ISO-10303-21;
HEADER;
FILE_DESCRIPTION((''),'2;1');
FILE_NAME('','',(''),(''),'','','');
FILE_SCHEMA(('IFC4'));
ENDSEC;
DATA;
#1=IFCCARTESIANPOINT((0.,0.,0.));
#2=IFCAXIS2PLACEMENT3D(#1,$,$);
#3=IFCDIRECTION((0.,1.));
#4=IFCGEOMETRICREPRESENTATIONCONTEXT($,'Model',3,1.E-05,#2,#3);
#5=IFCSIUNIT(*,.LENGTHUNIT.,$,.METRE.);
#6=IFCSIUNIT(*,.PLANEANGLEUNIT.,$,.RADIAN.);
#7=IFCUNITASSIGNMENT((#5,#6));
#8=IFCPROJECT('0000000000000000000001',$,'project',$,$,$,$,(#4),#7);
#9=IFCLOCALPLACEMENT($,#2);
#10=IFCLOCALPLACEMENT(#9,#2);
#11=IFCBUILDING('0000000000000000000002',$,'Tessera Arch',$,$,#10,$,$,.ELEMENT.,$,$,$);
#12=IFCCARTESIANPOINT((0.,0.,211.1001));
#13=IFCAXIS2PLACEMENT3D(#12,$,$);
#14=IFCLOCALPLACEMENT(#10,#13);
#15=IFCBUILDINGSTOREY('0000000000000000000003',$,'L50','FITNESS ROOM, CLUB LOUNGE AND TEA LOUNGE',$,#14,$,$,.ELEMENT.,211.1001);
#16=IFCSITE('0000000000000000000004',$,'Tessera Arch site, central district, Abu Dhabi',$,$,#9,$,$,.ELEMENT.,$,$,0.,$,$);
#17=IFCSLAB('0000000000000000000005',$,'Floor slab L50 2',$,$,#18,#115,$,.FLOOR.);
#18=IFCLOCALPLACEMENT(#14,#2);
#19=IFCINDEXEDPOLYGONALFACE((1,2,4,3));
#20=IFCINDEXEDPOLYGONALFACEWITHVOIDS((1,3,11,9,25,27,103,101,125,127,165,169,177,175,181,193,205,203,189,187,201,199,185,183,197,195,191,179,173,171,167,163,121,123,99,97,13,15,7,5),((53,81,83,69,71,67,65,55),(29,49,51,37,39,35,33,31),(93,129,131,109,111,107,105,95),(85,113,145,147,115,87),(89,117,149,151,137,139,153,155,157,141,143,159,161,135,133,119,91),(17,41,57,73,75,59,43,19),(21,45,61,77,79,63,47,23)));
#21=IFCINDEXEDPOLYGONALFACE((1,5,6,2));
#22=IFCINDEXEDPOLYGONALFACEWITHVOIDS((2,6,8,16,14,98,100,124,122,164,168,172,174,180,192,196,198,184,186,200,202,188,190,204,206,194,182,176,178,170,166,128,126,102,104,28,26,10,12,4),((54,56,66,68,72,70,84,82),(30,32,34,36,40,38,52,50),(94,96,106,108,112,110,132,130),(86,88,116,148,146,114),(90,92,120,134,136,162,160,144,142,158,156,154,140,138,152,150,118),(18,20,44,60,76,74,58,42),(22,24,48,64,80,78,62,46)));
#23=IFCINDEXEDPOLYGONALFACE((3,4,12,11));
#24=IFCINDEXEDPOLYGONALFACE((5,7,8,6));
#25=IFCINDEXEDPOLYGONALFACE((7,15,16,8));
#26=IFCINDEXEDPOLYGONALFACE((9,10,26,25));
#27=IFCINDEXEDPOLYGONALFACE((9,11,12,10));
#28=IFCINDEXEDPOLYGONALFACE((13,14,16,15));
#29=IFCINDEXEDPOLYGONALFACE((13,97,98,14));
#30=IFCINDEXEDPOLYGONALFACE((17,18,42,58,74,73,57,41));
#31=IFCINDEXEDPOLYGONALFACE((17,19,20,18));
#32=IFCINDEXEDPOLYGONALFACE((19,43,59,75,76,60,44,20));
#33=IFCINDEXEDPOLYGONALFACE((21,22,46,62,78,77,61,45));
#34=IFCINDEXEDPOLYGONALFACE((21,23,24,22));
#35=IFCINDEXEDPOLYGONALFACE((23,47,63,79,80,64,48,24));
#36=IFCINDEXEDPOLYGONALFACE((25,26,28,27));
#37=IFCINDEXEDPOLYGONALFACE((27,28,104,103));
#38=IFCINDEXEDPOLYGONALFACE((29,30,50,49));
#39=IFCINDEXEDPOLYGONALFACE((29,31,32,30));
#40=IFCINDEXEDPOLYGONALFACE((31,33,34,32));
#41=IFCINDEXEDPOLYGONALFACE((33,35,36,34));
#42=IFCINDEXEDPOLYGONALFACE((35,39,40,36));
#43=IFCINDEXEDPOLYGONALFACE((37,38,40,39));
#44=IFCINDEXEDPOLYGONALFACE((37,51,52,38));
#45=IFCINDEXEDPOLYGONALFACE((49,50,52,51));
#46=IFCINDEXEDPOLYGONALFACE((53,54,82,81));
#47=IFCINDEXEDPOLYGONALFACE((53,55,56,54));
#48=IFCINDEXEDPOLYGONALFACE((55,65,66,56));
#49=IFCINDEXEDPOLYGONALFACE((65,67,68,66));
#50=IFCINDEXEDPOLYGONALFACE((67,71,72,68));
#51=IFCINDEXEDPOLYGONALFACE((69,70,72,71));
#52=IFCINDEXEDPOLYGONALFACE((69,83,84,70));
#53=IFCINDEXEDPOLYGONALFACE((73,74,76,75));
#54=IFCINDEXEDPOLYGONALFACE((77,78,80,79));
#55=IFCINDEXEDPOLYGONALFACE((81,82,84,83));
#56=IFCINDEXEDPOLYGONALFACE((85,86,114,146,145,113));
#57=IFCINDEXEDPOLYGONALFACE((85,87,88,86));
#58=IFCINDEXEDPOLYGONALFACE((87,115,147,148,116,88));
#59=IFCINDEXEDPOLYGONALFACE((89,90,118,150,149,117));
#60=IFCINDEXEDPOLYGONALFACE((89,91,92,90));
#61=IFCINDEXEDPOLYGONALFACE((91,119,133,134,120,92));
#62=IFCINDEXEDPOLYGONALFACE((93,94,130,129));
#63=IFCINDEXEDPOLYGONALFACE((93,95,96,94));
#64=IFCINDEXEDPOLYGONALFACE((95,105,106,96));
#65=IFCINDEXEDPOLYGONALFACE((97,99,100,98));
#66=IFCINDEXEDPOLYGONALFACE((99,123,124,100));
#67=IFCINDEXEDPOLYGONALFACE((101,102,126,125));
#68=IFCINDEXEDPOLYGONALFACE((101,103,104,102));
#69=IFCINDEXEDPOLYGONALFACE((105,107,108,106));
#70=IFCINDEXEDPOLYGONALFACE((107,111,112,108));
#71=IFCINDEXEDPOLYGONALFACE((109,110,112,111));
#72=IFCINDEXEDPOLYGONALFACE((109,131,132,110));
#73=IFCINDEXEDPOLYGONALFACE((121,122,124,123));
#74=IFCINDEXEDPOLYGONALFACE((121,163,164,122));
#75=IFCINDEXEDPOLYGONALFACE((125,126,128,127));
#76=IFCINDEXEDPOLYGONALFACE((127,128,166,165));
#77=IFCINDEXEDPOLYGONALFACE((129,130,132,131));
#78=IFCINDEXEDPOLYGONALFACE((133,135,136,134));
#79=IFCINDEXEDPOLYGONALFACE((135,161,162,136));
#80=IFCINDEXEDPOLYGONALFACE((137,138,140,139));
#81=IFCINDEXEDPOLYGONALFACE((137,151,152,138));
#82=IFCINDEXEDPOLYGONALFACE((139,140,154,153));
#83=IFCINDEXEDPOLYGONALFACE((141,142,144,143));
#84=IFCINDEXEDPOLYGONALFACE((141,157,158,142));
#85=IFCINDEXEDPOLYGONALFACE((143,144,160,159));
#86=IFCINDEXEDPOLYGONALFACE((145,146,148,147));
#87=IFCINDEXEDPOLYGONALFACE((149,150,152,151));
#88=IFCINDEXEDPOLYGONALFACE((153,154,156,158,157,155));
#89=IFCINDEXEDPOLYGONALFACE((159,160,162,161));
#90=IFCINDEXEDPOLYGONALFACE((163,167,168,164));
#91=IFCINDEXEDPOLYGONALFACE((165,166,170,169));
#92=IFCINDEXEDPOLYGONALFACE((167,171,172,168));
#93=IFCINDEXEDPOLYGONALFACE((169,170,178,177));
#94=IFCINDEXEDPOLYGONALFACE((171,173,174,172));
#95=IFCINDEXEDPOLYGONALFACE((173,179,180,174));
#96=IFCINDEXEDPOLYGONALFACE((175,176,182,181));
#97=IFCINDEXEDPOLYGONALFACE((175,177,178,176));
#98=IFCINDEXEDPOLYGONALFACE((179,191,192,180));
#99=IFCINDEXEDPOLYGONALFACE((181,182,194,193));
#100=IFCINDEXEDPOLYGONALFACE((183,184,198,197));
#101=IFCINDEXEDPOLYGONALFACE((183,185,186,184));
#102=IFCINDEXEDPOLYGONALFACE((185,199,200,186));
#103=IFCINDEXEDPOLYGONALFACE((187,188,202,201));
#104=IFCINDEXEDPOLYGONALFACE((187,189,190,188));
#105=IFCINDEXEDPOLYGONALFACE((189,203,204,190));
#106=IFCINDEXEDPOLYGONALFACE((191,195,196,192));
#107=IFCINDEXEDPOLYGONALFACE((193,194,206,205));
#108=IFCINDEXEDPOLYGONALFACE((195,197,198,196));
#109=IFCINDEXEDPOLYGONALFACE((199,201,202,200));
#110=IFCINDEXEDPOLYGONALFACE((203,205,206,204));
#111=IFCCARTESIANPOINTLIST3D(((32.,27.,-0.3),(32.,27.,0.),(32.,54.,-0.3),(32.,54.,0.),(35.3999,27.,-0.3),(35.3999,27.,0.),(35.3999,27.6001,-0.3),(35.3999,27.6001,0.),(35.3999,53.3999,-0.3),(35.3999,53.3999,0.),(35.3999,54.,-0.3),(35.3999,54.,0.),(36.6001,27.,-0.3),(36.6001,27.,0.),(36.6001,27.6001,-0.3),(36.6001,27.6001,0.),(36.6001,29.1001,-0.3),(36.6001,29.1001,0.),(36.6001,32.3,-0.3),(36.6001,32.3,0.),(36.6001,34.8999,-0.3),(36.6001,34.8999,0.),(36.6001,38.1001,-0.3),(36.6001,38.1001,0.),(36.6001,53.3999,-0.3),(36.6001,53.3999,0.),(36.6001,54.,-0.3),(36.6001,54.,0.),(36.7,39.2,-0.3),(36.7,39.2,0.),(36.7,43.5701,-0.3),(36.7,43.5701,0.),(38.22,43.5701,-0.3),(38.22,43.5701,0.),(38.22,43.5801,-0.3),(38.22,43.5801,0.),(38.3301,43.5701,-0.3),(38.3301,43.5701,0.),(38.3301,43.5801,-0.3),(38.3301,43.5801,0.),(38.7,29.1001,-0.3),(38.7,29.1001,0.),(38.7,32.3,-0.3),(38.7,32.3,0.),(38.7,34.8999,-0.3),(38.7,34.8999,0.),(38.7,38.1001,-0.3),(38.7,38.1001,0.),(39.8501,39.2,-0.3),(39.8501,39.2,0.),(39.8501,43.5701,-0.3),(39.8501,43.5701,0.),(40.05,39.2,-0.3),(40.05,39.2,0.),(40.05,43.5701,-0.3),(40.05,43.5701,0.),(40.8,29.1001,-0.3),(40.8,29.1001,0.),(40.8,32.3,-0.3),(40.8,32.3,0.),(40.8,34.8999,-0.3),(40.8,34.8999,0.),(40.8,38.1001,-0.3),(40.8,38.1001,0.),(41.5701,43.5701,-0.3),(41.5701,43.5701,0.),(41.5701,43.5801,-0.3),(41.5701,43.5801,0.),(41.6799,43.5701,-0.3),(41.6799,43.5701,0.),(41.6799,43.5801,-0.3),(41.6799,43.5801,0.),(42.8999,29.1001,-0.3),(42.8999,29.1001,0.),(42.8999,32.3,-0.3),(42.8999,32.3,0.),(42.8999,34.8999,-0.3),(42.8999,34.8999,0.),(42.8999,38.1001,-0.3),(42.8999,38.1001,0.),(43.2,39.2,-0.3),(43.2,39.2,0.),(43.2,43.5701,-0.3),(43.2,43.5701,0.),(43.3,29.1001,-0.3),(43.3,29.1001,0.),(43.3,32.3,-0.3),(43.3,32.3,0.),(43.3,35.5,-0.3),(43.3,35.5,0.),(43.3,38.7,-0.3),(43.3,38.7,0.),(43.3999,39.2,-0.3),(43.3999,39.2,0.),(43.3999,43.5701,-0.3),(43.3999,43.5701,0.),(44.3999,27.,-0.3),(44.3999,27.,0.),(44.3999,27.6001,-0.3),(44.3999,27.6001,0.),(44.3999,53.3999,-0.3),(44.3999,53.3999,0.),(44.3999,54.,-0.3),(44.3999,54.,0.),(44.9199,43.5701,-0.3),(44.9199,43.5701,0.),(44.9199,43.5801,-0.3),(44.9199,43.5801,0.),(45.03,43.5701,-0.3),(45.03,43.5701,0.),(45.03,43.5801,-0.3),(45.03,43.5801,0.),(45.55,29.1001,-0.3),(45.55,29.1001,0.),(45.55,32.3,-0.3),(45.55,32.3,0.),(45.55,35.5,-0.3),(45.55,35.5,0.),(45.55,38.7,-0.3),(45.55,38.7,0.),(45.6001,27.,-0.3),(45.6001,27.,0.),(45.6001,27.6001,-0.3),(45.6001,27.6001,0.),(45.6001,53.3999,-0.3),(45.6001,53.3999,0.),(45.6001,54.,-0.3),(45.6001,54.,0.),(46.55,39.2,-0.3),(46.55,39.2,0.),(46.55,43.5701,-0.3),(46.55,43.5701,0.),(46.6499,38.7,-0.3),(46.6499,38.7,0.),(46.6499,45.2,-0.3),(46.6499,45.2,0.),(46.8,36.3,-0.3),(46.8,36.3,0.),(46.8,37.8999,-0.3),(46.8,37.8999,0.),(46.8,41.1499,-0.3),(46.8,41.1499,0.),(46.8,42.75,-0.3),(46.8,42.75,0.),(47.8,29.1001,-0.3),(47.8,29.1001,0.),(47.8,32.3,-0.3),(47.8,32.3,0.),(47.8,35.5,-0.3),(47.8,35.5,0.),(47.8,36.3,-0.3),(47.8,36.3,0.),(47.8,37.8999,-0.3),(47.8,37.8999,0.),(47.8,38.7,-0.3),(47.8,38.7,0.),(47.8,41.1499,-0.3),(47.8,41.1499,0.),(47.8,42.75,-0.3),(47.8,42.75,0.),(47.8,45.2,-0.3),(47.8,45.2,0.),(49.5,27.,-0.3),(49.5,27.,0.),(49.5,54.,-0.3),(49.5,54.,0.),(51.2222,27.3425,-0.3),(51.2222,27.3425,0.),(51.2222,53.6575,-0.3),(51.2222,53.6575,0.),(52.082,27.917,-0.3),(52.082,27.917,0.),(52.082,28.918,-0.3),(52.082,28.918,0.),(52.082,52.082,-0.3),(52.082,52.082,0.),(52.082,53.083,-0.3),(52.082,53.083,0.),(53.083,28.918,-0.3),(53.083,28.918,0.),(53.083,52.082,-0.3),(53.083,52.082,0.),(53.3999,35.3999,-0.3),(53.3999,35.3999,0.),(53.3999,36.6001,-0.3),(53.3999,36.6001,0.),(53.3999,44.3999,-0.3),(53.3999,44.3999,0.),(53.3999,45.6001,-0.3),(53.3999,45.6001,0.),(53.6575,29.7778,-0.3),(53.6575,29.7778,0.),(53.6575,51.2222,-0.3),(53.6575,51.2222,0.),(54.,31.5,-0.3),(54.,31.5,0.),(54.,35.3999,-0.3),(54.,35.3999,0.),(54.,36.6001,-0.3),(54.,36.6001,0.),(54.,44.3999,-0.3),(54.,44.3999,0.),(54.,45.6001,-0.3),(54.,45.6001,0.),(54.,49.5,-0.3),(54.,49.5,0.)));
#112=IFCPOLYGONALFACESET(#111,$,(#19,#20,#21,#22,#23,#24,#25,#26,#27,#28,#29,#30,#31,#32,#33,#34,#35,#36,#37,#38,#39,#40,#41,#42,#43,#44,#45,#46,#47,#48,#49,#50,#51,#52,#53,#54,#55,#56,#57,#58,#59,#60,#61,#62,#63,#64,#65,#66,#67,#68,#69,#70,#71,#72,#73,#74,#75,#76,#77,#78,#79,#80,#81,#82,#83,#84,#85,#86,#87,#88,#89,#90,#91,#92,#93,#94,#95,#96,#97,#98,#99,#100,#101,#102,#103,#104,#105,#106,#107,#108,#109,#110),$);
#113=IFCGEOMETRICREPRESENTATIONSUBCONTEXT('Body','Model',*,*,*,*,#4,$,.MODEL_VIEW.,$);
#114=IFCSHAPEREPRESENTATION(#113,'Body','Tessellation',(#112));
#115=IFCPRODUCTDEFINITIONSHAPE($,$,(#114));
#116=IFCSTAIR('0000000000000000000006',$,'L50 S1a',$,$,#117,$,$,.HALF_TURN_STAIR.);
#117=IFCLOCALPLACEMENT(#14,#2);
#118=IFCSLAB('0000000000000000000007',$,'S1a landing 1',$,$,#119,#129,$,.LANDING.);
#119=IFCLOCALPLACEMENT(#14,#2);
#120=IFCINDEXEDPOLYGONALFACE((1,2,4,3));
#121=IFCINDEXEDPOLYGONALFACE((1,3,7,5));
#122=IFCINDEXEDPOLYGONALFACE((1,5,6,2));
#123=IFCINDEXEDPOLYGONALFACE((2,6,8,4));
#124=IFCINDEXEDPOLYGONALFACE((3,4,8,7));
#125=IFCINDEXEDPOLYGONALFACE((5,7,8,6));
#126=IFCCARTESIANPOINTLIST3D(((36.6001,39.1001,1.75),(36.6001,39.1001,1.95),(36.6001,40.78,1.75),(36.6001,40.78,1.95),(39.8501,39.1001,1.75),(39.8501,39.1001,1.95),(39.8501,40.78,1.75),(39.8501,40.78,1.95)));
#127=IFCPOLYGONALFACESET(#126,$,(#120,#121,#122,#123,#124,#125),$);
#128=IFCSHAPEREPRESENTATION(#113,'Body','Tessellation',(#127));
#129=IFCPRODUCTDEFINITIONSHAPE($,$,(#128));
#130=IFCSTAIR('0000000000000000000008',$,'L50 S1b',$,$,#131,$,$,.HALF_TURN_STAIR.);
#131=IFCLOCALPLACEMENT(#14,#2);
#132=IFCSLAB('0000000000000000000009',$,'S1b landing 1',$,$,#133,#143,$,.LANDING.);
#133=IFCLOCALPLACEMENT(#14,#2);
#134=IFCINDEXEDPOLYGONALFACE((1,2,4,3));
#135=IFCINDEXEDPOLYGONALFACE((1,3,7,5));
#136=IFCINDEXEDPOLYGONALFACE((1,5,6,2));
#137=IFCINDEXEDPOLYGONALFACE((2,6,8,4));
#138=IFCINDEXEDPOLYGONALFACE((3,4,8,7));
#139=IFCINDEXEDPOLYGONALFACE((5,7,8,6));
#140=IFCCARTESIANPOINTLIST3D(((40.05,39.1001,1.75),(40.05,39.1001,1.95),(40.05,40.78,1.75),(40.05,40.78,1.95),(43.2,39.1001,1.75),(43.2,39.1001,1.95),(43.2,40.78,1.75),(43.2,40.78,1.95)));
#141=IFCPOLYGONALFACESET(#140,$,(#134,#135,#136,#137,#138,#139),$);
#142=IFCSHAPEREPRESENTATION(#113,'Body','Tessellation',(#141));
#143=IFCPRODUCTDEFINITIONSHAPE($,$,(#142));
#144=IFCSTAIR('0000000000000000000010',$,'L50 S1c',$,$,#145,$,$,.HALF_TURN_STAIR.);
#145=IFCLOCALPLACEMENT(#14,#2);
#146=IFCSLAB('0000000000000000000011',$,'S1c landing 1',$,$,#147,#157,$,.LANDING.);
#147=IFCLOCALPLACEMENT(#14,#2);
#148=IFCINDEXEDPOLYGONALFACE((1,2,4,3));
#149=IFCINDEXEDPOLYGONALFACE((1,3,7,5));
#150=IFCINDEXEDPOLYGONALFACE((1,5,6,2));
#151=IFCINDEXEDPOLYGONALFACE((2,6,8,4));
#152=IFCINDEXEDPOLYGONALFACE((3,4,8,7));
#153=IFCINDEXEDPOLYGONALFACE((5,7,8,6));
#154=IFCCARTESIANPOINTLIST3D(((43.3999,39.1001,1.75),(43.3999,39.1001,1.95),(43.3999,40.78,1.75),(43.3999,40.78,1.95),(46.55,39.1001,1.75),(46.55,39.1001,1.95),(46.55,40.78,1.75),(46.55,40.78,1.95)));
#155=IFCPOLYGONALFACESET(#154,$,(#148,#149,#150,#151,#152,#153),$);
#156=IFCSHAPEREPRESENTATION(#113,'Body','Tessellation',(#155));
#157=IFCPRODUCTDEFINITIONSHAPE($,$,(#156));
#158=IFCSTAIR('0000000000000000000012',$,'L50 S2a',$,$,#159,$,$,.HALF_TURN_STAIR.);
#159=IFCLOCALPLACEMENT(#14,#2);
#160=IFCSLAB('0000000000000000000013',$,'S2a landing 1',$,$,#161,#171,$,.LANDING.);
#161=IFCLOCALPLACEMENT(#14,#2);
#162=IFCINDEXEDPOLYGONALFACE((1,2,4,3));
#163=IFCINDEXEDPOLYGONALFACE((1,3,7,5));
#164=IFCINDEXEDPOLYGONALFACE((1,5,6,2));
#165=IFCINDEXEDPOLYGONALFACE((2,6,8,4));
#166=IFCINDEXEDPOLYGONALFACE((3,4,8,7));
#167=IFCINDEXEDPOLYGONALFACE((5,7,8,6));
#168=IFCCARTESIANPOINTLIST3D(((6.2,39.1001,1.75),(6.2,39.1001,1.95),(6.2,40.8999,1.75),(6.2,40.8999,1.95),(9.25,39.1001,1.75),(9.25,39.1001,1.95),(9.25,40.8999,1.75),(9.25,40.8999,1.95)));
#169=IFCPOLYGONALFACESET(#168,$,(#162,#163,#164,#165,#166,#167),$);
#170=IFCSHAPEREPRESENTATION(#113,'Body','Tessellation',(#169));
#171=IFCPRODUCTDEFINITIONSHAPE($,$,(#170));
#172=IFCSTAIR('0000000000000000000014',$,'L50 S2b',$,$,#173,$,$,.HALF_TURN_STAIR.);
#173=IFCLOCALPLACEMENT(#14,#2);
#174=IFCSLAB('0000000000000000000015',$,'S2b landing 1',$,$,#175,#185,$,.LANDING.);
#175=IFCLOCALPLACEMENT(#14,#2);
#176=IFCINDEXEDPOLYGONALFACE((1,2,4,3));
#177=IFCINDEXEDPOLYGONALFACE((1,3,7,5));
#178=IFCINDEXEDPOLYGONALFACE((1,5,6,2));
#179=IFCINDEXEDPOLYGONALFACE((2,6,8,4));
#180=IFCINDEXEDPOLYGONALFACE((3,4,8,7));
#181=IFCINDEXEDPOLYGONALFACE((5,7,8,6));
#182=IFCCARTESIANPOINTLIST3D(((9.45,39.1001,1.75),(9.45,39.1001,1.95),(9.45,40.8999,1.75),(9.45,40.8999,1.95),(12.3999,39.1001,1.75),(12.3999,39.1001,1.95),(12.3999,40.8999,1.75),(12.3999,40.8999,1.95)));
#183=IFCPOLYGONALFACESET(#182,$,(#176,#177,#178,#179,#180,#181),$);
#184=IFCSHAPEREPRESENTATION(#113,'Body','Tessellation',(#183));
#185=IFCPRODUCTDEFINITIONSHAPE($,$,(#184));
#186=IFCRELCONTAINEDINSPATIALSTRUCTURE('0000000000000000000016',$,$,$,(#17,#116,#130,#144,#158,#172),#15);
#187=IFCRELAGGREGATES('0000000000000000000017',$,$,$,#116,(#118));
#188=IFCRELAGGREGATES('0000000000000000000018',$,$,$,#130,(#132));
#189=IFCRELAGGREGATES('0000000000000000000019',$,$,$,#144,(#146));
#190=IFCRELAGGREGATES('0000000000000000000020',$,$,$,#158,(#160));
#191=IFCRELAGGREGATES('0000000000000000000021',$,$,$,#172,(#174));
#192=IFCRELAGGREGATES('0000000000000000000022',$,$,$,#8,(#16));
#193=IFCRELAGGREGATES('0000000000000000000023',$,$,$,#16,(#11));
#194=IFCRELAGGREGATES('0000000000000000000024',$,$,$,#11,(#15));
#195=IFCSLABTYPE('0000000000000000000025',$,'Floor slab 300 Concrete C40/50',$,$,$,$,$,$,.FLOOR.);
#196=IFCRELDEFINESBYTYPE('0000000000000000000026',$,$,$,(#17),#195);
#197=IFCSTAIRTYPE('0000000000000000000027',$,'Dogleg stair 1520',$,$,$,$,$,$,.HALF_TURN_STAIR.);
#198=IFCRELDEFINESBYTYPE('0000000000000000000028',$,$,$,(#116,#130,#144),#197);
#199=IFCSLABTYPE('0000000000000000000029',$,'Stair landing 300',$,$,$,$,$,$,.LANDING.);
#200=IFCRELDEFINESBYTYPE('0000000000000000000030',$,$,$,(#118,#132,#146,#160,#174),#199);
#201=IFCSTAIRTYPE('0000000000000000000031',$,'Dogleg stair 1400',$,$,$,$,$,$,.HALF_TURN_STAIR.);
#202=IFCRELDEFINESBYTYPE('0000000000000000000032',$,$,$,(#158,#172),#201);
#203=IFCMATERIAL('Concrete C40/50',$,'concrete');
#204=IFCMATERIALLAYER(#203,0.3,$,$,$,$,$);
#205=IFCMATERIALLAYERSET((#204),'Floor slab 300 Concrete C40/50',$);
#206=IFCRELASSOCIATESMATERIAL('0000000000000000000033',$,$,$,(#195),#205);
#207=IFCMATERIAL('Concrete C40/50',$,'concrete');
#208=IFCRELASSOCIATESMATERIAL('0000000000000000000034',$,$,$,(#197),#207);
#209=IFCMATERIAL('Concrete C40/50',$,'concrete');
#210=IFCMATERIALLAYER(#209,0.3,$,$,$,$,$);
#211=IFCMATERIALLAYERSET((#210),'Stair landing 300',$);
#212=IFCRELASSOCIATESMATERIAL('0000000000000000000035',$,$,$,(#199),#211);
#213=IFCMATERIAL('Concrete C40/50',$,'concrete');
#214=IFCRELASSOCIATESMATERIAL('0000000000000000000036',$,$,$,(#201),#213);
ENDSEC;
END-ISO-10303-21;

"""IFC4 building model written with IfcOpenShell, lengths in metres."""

from ifc_helpers import new_model, si_unit, direction, frame, origin, place, context, subcontext, project, spatial, polyline, outline, extrude, material, layer, layer_set, type_object, element, aggregate, save


model = new_model("IFC4")

# Units and contexts
model_context = context("Model", 3, precision=1e-05, world=origin(), true_north=direction((0.0, 1.0)))
body_context = subcontext(model_context, "Body", "Model", "MODEL_VIEW")
ifc_project = project(units=[si_unit("LENGTHUNIT", "METRE"), si_unit("PLANEANGLEUNIT", "RADIAN")], contexts=[model_context])

# Site, building, storey
site_placement = place(None, origin())
site = spatial("IfcSite", under=ifc_project, at=site_placement, Name="Tessera Arch site, central district, Abu Dhabi", CompositionType="ELEMENT", RefElevation=0.0)
building_placement = place(site_placement, origin())
building = spatial("IfcBuilding", under=site, at=building_placement, Name="Tessera Arch", CompositionType="ELEMENT")
storey_placement = place(building_placement, frame((0.0, 0.0, 211.1001)))
storey = spatial("IfcBuildingStorey", under=building, at=storey_placement, Name="L50", Description="FITNESS ROOM, CLUB LOUNGE AND TEA LOUNGE", CompositionType="ELEMENT", Elevation=211.1001)

# Slab
ifc_material_1 = material(Name="Concrete C40/50", Category="concrete")
ifc_layer_1 = layer(ifc_material_1, 0.3)
ifc_layer_set_1 = layer_set([ifc_layer_1], Name="Floor slab 300 Concrete C40/50")
slab_type_1 = type_object("IfcSlabType", Name="Floor slab 300 Concrete C40/50", PredefinedType="FLOOR", material=ifc_layer_set_1)
slab_1_placement = place(storey_placement, frame((0.0, 0.0, -0.3)))
element("IfcSlab", 1, at=slab_1_placement, inside=storey, type_object=slab_type_1, Name="Floor slab L50 2", PredefinedType="FLOOR", context=body_context, shape_type="SweptSolid", body=[
    extrude(outline(polyline([(51.2222, 53.6575), (52.082, 53.083), (52.082, 52.082), (53.083, 52.082), (53.6575, 51.2222), (54.0, 49.5), (54.0, 45.6001), (53.3999, 45.6001), (53.3999, 44.3999), (54.0, 44.3999), (54.0, 36.6001), (53.3999, 36.6001), (53.3999, 35.3999), (54.0, 35.3999), (54.0, 31.5), (53.6575, 29.7778), (53.083, 28.918), (52.082, 28.918), (52.082, 27.917), (51.2222, 27.3425), (49.5, 27.0), (45.6001, 27.0), (45.6001, 27.6001), (44.3999, 27.6001), (44.3999, 27.0), (36.6001, 27.0), (36.6001, 27.6001), (35.3999, 27.6001), (35.3999, 27.0), (32.0, 27.0), (32.0, 54.0), (35.3999, 54.0), (35.3999, 53.3999), (36.6001, 53.3999), (36.6001, 54.0), (44.3999, 54.0), (44.3999, 53.3999), (45.6001, 53.3999), (45.6001, 54.0), (49.5, 54.0), (51.2222, 53.6575)]), holes=[polyline([(36.6001, 29.1001), (38.7, 29.1001), (40.8, 29.1001), (42.8999, 29.1001), (42.8999, 32.3), (40.8, 32.3), (38.7, 32.3), (36.6001, 32.3), (36.6001, 29.1001)]), polyline([(47.8, 32.3), (45.55, 32.3), (43.3, 32.3), (43.3, 29.1001), (45.55, 29.1001), (47.8, 29.1001), (47.8, 32.3)]), polyline([(42.8999, 34.8999), (42.8999, 38.1001), (40.8, 38.1001), (38.7, 38.1001), (36.6001, 38.1001), (36.6001, 34.8999), (38.7, 34.8999), (40.8, 34.8999), (42.8999, 34.8999)]), polyline([(47.8, 41.1499), (46.8, 41.1499), (46.8, 42.75), (47.8, 42.75), (47.8, 45.2), (46.6499, 45.2), (46.6499, 38.7), (45.55, 38.7), (43.3, 38.7), (43.3, 35.5), (45.55, 35.5), (47.8, 35.5), (47.8, 36.3), (46.8, 36.3), (46.8, 37.8999), (47.8, 37.8999), (47.8, 38.7), (47.8, 41.1499)]), polyline([(36.7, 43.5701), (36.7, 39.2), (39.8501, 39.2), (39.8501, 43.5701), (38.3301, 43.5701), (38.3301, 43.5801), (38.22, 43.5801), (38.22, 43.5701), (36.7, 43.5701)]), polyline([(40.05, 39.2), (43.2, 39.2), (43.2, 43.5701), (41.6799, 43.5701), (41.6799, 43.5801), (41.5701, 43.5801), (41.5701, 43.5701), (40.05, 43.5701), (40.05, 39.2)]), polyline([(43.3999, 43.5701), (43.3999, 39.2), (46.55, 39.2), (46.55, 43.5701), (45.03, 43.5701), (45.03, 43.5801), (44.9199, 43.5801), (44.9199, 43.5701), (43.3999, 43.5701)])]), origin(), (0.0, 0.0, 1.0), 0.3),
])

# Stairs, slabs
ifc_material_2 = material(Name="Concrete C40/50", Category="concrete")
stair_type_1 = type_object("IfcStairType", Name="Dogleg stair 1520", PredefinedType="HALF_TURN_STAIR", material=ifc_material_2)
stair_1_placement = place(storey_placement, origin())
stair_1 = element("IfcStair", 2, at=stair_1_placement, inside=storey, type_object=stair_type_1, Name="L50 S1a", PredefinedType="HALF_TURN_STAIR")
ifc_material_3 = material(Name="Concrete C40/50", Category="concrete")
ifc_layer_2 = layer(ifc_material_3, 0.3)
ifc_layer_set_2 = layer_set([ifc_layer_2], Name="Stair landing 300")
slab_type_2 = type_object("IfcSlabType", Name="Stair landing 300", PredefinedType="LANDING", material=ifc_layer_set_2)
slab_2_placement = place(storey_placement, frame((0.0, 0.0, 1.75)))
slab_2 = element("IfcSlab", 3, at=slab_2_placement, type_object=slab_type_2, Name="S1a landing 1", PredefinedType="LANDING", context=body_context, shape_type="SweptSolid", body=[
    extrude(outline(polyline([(36.6001, 40.78), (36.6001, 39.1001), (39.8501, 39.1001), (39.8501, 40.78), (36.6001, 40.78)])), origin(), (0.0, 0.0, 1.0), 0.2),
])
aggregate(stair_1, [slab_2])
stair_2_placement = place(storey_placement, origin())
stair_2 = element("IfcStair", 4, at=stair_2_placement, inside=storey, type_object=stair_type_1, Name="L50 S1b", PredefinedType="HALF_TURN_STAIR")
slab_3_placement = place(storey_placement, frame((0.0, 0.0, 1.75)))
slab_3 = element("IfcSlab", 5, at=slab_3_placement, type_object=slab_type_2, Name="S1b landing 1", PredefinedType="LANDING", context=body_context, shape_type="SweptSolid", body=[
    extrude(outline(polyline([(40.05, 40.78), (40.05, 39.1001), (43.2, 39.1001), (43.2, 40.78), (40.05, 40.78)])), origin(), (0.0, 0.0, 1.0), 0.2),
])
aggregate(stair_2, [slab_3])
stair_3_placement = place(storey_placement, origin())
stair_3 = element("IfcStair", 6, at=stair_3_placement, inside=storey, type_object=stair_type_1, Name="L50 S1c", PredefinedType="HALF_TURN_STAIR")
slab_4_placement = place(storey_placement, frame((0.0, 0.0, 1.75)))
slab_4 = element("IfcSlab", 7, at=slab_4_placement, type_object=slab_type_2, Name="S1c landing 1", PredefinedType="LANDING", context=body_context, shape_type="SweptSolid", body=[
    extrude(outline(polyline([(43.3999, 40.78), (43.3999, 39.1001), (46.55, 39.1001), (46.55, 40.78), (43.3999, 40.78)])), origin(), (0.0, 0.0, 1.0), 0.2),
])
aggregate(stair_3, [slab_4])
ifc_material_4 = material(Name="Concrete C40/50", Category="concrete")
stair_type_2 = type_object("IfcStairType", Name="Dogleg stair 1400", PredefinedType="HALF_TURN_STAIR", material=ifc_material_4)
stair_4_placement = place(storey_placement, origin())
stair_4 = element("IfcStair", 8, at=stair_4_placement, inside=storey, type_object=stair_type_2, Name="L50 S2a", PredefinedType="HALF_TURN_STAIR")
slab_5_placement = place(storey_placement, frame((0.0, 0.0, 1.75)))
slab_5 = element("IfcSlab", 9, at=slab_5_placement, type_object=slab_type_2, Name="S2a landing 1", PredefinedType="LANDING", context=body_context, shape_type="SweptSolid", body=[
    extrude(outline(polyline([(6.2, 40.8999), (6.2, 39.1001), (9.25, 39.1001), (9.25, 40.8999), (6.2, 40.8999)])), origin(), (0.0, 0.0, 1.0), 0.2),
])
aggregate(stair_4, [slab_5])
stair_5_placement = place(storey_placement, origin())
stair_5 = element("IfcStair", 10, at=stair_5_placement, inside=storey, type_object=stair_type_2, Name="L50 S2b", PredefinedType="HALF_TURN_STAIR")
slab_6_placement = place(storey_placement, frame((0.0, 0.0, 1.75)))
slab_6 = element("IfcSlab", 11, at=slab_6_placement, type_object=slab_type_2, Name="S2b landing 1", PredefinedType="LANDING", context=body_context, shape_type="SweptSolid", body=[
    extrude(outline(polyline([(9.45, 40.8999), (9.45, 39.1001), (12.3999, 39.1001), (12.3999, 40.8999), (9.45, 40.8999)])), origin(), (0.0, 0.0, 1.0), 0.2),
])
aggregate(stair_5, [slab_6])

save(model, "model.ifc")
